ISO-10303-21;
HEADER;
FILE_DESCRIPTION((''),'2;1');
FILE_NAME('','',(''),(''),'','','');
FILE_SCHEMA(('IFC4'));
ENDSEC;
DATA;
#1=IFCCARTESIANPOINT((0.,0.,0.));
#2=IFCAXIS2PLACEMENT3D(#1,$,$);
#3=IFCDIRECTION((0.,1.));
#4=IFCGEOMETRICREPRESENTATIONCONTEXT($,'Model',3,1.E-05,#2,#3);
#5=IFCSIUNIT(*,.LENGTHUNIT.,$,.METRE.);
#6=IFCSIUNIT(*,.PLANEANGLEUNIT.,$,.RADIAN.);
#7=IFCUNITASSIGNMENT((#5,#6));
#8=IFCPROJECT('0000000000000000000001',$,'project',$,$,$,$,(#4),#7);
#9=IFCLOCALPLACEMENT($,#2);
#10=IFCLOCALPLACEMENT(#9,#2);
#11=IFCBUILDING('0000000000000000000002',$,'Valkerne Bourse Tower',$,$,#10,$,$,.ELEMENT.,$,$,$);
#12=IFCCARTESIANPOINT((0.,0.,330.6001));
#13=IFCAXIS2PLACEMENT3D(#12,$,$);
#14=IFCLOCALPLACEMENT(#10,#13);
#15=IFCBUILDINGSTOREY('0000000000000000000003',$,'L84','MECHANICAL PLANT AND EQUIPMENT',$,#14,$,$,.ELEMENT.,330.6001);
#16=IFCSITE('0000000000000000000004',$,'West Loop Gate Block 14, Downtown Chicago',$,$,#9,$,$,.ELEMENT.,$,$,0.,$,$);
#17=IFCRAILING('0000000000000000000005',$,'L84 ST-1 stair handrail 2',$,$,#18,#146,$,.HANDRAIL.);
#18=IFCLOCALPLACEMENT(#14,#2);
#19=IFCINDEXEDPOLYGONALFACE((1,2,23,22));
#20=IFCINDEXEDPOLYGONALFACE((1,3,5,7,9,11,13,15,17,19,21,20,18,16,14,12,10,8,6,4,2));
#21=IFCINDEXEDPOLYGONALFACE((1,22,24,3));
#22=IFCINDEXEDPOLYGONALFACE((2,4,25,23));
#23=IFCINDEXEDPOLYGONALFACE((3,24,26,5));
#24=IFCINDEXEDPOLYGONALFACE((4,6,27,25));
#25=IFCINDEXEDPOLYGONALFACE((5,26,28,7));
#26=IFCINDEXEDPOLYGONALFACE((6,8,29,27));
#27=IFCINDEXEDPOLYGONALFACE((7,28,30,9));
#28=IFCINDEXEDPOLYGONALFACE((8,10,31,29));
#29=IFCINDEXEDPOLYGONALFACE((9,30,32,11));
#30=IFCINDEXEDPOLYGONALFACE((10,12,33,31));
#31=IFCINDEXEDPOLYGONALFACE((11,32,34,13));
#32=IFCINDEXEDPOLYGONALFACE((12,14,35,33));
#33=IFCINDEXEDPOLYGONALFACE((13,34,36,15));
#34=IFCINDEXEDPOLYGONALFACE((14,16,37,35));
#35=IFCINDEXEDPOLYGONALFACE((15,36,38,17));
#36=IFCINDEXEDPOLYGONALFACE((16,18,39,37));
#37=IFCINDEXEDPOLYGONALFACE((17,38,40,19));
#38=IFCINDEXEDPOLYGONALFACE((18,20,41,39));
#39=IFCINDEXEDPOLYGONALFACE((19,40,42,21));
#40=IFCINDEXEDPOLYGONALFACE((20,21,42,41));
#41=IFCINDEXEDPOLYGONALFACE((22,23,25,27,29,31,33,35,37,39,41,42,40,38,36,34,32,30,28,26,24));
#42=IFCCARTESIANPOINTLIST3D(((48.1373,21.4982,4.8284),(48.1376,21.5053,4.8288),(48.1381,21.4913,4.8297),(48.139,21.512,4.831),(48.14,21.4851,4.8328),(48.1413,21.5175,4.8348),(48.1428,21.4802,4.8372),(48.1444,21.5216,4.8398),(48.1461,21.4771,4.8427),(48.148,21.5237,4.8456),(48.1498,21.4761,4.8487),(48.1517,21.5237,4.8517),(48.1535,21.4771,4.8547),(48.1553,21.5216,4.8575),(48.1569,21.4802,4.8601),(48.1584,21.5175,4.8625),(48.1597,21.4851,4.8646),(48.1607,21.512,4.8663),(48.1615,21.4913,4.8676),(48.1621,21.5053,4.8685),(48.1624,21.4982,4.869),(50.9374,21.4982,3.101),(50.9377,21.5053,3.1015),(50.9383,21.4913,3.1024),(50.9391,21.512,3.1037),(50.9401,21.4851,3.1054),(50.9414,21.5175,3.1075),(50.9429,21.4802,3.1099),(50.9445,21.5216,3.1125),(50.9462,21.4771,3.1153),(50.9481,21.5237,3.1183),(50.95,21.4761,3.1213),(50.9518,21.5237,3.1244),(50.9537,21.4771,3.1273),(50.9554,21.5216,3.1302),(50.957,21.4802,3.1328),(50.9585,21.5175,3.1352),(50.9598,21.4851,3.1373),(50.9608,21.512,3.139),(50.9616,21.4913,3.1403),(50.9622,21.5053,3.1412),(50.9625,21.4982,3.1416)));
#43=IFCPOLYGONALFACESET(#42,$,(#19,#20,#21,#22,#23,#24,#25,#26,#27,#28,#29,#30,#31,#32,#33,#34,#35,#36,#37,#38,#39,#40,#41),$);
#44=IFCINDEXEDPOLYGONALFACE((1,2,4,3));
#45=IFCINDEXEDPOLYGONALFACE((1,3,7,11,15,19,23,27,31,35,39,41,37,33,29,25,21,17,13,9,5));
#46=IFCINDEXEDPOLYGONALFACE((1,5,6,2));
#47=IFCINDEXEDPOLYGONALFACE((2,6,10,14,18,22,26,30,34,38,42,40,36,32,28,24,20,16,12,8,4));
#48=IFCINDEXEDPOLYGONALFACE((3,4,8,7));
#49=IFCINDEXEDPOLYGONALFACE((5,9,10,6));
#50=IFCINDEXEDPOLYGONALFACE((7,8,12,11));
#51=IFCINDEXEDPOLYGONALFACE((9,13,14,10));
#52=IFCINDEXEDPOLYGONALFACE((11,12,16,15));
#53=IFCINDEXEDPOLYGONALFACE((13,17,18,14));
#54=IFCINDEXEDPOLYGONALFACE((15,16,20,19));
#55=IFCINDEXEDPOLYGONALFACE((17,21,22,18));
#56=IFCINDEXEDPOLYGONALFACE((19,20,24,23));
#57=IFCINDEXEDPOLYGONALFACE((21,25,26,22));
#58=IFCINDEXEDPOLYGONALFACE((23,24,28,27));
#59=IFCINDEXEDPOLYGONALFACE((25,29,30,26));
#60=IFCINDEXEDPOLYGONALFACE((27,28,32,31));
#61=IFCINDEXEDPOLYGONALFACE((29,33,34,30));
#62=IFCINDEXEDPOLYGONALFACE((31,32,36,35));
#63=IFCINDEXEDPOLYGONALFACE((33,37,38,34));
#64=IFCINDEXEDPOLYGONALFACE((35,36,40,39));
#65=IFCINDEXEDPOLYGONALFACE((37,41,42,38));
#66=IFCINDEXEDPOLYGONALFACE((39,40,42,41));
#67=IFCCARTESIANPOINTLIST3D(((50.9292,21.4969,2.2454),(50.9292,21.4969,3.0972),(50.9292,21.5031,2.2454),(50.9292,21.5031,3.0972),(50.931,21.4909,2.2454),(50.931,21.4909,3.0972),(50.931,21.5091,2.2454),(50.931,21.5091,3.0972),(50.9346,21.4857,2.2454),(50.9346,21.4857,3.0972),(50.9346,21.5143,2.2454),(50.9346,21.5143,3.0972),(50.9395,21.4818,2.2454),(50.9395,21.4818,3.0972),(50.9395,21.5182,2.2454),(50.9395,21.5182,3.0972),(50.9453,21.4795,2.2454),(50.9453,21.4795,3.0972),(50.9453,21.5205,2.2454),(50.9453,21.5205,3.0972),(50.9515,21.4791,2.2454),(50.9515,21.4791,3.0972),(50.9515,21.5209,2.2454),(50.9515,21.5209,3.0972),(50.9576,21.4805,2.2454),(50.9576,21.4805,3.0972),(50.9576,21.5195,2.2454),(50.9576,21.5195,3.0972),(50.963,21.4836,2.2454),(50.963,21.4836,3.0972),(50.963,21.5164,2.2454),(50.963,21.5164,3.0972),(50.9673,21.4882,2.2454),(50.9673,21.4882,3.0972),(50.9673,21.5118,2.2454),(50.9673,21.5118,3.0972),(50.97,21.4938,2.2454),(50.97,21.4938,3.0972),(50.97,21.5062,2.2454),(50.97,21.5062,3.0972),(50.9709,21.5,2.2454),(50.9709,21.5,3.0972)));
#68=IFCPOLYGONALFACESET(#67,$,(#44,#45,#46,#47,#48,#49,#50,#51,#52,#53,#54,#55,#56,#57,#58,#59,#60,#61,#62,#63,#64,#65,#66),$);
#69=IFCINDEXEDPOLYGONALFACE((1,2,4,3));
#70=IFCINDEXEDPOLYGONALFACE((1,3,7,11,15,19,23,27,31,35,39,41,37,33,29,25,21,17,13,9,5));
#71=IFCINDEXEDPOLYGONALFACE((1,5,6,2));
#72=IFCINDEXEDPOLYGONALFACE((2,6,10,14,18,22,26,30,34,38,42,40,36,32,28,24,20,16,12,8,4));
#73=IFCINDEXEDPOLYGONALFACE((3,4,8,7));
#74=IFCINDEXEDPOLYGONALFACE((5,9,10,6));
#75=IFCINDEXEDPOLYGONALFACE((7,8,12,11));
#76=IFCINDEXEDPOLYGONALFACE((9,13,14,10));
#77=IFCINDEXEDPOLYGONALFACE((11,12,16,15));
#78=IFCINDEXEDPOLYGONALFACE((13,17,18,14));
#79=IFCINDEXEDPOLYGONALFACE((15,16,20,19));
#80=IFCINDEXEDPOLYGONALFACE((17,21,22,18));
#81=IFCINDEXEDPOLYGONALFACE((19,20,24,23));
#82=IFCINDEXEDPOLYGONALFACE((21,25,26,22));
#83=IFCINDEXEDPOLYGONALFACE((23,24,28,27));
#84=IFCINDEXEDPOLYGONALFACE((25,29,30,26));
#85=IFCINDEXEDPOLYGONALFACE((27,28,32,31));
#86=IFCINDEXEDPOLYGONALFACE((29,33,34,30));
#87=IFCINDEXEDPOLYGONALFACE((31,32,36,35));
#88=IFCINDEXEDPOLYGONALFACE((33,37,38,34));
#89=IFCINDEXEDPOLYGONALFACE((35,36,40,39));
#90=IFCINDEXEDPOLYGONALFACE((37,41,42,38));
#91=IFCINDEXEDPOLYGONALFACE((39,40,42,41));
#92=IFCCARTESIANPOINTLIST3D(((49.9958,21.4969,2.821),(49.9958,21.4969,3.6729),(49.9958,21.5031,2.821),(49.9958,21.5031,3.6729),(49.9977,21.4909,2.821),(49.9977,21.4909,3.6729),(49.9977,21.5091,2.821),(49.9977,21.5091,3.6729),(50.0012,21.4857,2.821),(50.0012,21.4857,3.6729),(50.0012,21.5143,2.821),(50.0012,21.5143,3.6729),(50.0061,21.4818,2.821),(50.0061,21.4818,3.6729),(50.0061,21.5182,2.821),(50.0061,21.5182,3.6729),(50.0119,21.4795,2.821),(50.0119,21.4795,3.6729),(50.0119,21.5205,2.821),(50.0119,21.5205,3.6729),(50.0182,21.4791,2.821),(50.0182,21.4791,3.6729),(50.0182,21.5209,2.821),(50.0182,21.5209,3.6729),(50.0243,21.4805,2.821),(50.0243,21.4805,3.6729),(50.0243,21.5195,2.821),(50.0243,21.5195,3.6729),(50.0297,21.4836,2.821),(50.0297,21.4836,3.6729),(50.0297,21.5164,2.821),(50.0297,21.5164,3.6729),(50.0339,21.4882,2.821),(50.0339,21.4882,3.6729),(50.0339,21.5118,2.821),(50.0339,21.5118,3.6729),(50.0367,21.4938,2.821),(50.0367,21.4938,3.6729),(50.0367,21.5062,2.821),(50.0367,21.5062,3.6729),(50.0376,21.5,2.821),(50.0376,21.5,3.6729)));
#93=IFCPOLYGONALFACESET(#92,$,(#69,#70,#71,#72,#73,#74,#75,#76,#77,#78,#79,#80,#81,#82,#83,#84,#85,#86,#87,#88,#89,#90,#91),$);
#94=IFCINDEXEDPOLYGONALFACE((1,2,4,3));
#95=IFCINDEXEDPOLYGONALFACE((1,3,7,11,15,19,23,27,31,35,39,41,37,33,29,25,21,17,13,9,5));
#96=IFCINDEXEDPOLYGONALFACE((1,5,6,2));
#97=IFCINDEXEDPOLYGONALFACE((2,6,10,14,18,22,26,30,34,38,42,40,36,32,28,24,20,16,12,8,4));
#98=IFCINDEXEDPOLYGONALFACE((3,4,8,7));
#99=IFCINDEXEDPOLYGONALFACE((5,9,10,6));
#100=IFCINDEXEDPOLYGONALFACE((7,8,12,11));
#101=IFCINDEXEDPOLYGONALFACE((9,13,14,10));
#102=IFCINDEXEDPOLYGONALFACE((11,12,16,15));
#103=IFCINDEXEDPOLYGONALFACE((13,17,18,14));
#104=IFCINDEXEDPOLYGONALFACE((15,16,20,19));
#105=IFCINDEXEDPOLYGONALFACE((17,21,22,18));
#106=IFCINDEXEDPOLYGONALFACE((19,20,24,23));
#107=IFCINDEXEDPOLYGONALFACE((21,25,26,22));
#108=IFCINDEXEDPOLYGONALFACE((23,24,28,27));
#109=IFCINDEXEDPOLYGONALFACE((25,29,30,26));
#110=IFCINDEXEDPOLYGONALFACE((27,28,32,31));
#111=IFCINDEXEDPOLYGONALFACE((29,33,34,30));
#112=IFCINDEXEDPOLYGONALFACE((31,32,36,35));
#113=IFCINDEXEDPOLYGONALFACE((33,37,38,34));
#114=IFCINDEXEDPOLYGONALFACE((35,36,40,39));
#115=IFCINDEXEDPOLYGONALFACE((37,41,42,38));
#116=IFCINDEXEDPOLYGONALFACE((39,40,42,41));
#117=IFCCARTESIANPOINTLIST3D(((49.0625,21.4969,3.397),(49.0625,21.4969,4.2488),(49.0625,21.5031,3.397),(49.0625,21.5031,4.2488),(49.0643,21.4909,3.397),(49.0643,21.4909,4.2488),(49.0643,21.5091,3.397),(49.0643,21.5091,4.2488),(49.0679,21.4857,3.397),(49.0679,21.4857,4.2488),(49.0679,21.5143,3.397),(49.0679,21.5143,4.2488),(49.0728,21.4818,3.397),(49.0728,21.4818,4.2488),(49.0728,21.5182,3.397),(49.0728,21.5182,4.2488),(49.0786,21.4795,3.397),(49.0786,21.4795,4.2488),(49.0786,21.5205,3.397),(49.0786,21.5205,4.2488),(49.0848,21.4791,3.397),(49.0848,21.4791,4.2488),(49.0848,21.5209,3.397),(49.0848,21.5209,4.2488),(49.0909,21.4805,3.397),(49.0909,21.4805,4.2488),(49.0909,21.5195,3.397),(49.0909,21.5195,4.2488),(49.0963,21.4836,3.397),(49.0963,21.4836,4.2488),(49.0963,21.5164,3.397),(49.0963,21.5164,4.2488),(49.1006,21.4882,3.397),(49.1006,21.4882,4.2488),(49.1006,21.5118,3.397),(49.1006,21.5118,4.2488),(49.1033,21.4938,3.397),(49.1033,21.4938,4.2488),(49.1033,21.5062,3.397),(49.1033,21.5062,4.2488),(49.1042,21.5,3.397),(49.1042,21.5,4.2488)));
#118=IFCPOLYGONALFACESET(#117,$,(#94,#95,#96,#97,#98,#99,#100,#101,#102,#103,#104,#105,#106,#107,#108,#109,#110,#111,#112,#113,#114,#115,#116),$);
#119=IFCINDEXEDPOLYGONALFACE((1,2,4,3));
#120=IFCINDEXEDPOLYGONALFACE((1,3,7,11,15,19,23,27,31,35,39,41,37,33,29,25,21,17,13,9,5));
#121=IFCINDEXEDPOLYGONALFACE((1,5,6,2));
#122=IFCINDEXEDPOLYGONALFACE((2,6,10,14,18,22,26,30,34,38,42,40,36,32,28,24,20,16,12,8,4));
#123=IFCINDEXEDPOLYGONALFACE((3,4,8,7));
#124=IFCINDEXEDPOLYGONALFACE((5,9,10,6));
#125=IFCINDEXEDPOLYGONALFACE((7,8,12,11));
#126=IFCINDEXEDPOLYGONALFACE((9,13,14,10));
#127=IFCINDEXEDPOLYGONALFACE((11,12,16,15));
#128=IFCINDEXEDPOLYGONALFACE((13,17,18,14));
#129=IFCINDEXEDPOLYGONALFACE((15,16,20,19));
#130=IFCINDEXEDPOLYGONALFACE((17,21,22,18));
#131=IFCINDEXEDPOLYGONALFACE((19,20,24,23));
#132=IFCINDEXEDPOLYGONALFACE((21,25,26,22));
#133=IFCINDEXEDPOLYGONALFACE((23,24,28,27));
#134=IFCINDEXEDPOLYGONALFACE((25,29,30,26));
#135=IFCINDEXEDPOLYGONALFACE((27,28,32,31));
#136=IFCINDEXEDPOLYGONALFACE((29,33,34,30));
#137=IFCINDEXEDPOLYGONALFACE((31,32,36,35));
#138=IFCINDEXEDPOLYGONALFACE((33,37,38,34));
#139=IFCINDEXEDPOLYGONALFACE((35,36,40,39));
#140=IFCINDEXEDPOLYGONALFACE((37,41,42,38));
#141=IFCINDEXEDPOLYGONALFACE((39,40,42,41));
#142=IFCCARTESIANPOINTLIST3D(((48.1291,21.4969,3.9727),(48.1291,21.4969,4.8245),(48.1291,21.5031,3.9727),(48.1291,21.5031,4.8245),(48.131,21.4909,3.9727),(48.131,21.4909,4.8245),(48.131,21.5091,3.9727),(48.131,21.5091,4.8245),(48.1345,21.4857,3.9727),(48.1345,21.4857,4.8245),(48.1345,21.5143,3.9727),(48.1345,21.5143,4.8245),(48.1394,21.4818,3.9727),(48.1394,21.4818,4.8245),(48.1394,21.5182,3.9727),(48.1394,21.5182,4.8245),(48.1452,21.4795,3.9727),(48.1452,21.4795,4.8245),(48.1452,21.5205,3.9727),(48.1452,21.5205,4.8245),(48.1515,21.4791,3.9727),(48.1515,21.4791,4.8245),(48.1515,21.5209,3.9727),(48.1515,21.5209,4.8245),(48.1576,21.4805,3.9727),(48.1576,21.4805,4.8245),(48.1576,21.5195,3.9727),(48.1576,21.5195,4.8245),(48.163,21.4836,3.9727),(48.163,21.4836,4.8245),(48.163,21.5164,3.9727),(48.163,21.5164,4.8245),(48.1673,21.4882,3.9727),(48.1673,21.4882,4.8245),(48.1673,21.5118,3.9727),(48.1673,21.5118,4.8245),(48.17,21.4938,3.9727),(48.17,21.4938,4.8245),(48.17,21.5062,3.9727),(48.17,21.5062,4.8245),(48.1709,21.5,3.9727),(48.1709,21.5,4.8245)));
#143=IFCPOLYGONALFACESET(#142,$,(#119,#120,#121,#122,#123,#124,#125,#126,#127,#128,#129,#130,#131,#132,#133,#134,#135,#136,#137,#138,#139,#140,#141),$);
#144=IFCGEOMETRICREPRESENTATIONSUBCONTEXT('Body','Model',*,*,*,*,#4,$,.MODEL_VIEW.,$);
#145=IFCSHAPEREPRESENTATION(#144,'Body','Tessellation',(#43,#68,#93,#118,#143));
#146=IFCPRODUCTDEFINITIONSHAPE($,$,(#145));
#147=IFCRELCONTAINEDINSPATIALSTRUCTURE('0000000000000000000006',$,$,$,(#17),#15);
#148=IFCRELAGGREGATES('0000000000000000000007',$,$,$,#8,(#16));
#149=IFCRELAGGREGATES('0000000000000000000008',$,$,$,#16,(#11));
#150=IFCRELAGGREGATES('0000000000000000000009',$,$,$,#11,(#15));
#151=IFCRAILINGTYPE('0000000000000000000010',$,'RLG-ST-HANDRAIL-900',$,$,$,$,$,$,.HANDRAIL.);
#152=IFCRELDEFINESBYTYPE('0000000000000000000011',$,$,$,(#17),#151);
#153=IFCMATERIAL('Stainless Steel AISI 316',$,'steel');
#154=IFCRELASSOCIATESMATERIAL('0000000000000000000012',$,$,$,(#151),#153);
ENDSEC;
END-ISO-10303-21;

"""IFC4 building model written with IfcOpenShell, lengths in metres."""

from ifc_helpers import new_model, si_unit, direction, frame, origin, origin_2d, place, context, subcontext, project, spatial, circle, extrude, material, type_object, element, save


model = new_model("IFC4")

# Units and contexts
model_context = context("Model", 3, precision=1e-05, world=origin(), true_north=direction((0.0, 1.0)))
body_context = subcontext(model_context, "Body", "Model", "MODEL_VIEW")
ifc_project = project(units=[si_unit("LENGTHUNIT", "METRE"), si_unit("PLANEANGLEUNIT", "RADIAN")], contexts=[model_context])

# Site, building, storey
site_placement = place(None, origin())
site = spatial("IfcSite", under=ifc_project, at=site_placement, Name="West Loop Gate Block 14, Downtown Chicago", CompositionType="ELEMENT", RefElevation=0.0)
building_placement = place(site_placement, origin())
building = spatial("IfcBuilding", under=site, at=building_placement, Name="Valkerne Bourse Tower", CompositionType="ELEMENT")
storey_placement = place(building_placement, frame((0.0, 0.0, 330.6001)))
storey = spatial("IfcBuildingStorey", under=building, at=storey_placement, Name="L84", Description="MECHANICAL PLANT AND EQUIPMENT", CompositionType="ELEMENT", Elevation=330.6001)

# Shared definitions
ifc_material_1 = material(Name="Stainless Steel AISI 316", Category="steel")

# Railing
railing_type_1 = type_object("IfcRailingType", Name="RLG-ST-HANDRAIL-900", PredefinedType="HANDRAIL", material=ifc_material_1)
railing_1_placement = place(storey_placement, frame((50.95, 21.5, 2.2454)))
element("IfcRailing", 1, at=railing_1_placement, inside=storey, type_object=railing_type_1, Name="L84 ST-1 stair handrail 2", PredefinedType="HANDRAIL", context=body_context, shape_type="SweptSolid", body=[
    extrude(circle(Radius=0.0239, at=origin_2d()), frame((0.0, 0.0, 0.876), z_axis=(-0.85109, 0.0, 0.52502), x_axis=(0.0, -1.0, 0.0)), (0.0, 0.0, 1.0), 3.29),
    extrude(circle(Radius=0.021, at=origin_2d()), origin(), (0.0, 0.0, 1.0), 0.8518),
    extrude(circle(Radius=0.021, at=origin_2d()), frame((-0.9333, 0.0, 0.5757)), (0.0, 0.0, 1.0), 0.8518),
    extrude(circle(Radius=0.021, at=origin_2d()), frame((-1.8667, 0.0, 1.1516)), (0.0, 0.0, 1.0), 0.8518),
    extrude(circle(Radius=0.021, at=origin_2d()), frame((-2.8, 0.0, 1.7273)), (0.0, 0.0, 1.0), 0.8518),
])

save(model, "model.ifc")
